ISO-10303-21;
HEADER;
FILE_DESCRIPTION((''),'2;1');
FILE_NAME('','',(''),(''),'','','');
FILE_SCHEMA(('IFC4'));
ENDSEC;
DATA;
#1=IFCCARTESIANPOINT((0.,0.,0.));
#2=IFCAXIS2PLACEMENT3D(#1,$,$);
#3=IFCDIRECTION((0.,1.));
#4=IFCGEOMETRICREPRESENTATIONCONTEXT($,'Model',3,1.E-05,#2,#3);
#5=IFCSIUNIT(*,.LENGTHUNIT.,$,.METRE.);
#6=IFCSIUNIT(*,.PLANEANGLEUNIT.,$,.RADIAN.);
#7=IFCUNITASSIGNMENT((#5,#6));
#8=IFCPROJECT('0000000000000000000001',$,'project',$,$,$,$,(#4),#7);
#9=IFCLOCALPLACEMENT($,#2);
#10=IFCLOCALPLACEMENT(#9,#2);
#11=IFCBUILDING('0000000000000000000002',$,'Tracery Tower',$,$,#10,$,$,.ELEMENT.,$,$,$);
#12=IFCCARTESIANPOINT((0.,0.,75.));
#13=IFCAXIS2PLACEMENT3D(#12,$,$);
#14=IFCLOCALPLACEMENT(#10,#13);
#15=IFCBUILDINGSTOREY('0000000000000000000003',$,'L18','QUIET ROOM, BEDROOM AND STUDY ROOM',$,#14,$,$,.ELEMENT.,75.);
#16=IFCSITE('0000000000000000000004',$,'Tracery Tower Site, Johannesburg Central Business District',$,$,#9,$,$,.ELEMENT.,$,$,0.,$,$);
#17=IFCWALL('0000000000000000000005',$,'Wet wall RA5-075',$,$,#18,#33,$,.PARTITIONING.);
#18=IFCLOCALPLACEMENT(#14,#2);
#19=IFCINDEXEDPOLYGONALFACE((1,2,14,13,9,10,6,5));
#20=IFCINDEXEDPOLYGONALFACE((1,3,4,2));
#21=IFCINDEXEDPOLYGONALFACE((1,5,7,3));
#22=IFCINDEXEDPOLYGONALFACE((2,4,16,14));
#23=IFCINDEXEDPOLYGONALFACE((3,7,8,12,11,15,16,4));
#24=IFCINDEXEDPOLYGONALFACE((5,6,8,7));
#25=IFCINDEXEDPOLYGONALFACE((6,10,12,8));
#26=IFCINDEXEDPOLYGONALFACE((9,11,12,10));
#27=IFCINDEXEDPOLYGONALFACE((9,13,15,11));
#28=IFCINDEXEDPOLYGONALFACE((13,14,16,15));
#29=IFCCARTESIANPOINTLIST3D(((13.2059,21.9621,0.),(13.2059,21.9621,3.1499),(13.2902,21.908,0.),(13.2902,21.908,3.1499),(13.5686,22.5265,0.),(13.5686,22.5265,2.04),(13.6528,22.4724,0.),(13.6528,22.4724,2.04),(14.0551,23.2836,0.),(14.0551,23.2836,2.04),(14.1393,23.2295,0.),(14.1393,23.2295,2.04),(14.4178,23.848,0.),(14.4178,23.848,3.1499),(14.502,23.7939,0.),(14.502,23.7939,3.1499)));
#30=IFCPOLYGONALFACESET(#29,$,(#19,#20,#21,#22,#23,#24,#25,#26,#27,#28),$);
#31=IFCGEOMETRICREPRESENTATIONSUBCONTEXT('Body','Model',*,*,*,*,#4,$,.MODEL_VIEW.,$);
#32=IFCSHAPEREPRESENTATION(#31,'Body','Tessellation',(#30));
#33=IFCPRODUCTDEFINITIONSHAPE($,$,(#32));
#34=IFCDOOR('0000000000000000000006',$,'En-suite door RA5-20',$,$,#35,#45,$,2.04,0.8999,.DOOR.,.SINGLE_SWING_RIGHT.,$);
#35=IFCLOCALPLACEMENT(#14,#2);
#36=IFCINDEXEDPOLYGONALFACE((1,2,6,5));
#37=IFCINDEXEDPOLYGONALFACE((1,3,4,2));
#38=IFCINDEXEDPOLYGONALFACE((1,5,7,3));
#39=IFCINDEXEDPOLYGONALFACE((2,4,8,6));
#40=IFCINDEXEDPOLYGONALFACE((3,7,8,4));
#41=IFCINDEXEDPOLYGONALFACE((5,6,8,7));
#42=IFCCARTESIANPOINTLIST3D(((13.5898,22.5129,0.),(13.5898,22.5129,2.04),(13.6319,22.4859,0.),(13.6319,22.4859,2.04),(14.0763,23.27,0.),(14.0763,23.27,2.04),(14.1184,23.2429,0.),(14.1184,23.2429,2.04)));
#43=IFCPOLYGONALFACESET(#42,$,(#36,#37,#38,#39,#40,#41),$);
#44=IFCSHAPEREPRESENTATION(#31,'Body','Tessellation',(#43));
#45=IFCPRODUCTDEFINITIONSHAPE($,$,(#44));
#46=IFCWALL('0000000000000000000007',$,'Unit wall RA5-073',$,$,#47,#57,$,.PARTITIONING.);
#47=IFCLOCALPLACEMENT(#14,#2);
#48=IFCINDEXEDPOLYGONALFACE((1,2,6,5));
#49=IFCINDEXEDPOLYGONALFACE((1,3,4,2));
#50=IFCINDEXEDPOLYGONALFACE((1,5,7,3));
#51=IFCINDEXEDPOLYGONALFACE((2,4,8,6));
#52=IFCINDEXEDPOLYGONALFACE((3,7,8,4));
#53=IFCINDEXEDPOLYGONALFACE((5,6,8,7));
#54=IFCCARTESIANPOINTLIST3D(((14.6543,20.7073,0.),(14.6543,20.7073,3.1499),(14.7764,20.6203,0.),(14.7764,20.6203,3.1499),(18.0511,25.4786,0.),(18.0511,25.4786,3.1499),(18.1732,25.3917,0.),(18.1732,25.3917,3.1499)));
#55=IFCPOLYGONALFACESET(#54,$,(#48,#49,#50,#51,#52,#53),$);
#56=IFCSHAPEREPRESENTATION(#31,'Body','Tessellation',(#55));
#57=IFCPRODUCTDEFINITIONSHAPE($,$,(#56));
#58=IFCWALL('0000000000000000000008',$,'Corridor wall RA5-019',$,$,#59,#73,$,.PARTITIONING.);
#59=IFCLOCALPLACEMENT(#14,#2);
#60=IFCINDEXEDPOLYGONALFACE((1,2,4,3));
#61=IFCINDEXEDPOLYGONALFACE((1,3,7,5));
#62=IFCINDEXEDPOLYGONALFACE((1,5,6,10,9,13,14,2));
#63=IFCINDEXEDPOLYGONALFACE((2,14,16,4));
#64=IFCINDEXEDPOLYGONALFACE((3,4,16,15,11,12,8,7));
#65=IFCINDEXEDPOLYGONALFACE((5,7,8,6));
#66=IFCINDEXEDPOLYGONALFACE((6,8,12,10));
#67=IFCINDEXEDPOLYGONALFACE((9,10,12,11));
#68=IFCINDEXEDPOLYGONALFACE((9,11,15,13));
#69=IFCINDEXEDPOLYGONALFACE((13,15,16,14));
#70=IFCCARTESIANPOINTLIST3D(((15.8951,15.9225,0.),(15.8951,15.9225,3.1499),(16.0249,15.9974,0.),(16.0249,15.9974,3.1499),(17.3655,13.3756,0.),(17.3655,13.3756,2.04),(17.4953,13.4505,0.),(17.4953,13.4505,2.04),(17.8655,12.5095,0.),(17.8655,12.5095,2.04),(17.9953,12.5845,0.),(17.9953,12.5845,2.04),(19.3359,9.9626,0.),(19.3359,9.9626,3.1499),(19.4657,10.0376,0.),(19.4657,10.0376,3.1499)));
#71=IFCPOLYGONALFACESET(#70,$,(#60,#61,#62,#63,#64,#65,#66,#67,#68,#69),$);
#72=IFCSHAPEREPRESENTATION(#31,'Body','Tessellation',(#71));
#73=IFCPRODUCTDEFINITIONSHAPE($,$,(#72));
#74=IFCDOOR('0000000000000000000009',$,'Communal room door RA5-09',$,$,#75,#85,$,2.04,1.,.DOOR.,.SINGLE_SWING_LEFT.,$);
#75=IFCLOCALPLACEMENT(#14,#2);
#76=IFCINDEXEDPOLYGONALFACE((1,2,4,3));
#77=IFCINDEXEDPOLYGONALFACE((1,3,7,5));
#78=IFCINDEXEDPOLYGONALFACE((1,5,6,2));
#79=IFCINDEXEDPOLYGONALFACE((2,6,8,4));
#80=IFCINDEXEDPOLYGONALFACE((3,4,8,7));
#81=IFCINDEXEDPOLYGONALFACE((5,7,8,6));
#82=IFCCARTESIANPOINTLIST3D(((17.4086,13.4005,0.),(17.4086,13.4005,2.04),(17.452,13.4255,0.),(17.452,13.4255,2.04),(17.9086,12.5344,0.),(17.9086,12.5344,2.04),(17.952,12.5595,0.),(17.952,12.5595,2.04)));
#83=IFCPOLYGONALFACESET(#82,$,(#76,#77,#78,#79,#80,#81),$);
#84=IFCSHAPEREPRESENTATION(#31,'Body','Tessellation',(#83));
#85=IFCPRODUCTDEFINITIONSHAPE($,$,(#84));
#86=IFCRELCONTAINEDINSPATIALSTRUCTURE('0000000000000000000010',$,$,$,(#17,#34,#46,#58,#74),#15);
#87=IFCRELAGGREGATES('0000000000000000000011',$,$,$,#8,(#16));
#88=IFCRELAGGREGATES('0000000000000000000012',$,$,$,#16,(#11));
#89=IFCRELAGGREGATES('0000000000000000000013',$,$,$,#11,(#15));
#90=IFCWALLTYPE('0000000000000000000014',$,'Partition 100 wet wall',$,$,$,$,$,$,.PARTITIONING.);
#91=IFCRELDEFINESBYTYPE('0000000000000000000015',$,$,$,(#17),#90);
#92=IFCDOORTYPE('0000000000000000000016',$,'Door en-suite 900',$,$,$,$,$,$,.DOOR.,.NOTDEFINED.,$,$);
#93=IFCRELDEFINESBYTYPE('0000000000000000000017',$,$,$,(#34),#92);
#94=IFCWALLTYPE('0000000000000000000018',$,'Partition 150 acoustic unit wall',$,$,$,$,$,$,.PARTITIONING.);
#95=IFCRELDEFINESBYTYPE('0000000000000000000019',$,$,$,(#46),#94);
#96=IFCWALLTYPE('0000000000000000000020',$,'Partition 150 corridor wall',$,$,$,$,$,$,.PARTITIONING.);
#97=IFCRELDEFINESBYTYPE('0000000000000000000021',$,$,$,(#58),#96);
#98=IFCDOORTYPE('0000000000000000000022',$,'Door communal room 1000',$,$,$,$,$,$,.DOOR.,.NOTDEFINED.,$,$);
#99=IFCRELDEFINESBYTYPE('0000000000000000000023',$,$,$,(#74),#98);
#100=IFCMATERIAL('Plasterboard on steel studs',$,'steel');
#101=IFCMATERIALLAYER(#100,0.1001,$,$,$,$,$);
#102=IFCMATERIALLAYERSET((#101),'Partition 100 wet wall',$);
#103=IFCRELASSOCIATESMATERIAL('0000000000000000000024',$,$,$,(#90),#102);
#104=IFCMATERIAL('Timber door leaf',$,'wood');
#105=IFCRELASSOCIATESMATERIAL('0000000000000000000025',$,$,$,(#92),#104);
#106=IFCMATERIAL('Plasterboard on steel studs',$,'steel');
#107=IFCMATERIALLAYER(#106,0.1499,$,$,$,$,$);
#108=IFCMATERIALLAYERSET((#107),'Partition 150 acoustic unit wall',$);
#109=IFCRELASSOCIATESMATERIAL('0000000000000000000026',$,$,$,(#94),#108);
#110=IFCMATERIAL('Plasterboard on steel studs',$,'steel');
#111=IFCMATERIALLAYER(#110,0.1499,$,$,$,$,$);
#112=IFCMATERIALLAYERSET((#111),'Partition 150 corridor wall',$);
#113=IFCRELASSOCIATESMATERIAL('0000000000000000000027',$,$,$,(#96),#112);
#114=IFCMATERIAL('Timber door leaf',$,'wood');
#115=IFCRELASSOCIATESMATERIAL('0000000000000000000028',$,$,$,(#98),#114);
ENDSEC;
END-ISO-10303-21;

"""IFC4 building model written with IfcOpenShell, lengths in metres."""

from ifc_helpers import new_model, si_unit, direction, frame, frame_2d, origin, place, context, subcontext, project, spatial, rectangle, extrude, material, layer, layer_set, type_object, element, fill, save


model = new_model("IFC4")

# Units and contexts
model_context = context("Model", 3, precision=1e-05, world=origin(), true_north=direction((0.0, 1.0)))
body_context = subcontext(model_context, "Body", "Model", "MODEL_VIEW")
ifc_project = project(units=[si_unit("LENGTHUNIT", "METRE"), si_unit("PLANEANGLEUNIT", "RADIAN")], contexts=[model_context])

# Site, building, storey
site_placement = place(None, origin())
site = spatial("IfcSite", under=ifc_project, at=site_placement, Name="Tracery Tower Site, Johannesburg Central Business District", CompositionType="ELEMENT", RefElevation=0.0)
building_placement = place(site_placement, origin())
building = spatial("IfcBuilding", under=site, at=building_placement, Name="Tracery Tower", CompositionType="ELEMENT")
storey_placement = place(building_placement, frame((0.0, 0.0, 75.0)))
storey = spatial("IfcBuildingStorey", under=building, at=storey_placement, Name="L18", Description="QUIET ROOM, BEDROOM AND STUDY ROOM", CompositionType="ELEMENT", Elevation=75.0)

# Shared definitions
ifc_material_1 = material(Name="Plasterboard on steel studs", Category="steel")
ifc_layer_1 = layer(ifc_material_1, 0.1001)
ifc_layer_set_1 = layer_set([ifc_layer_1], Name="Partition 100 wet wall")
wall_type_1 = type_object("IfcWallType", Name="Partition 100 wet wall", PredefinedType="PARTITIONING", material=ifc_layer_set_1)
ifc_material_2 = material(Name="Timber door leaf", Category="wood")
door_type_1 = type_object("IfcDoorType", Name="Door en-suite 900", OperationType="NOTDEFINED", PredefinedType="DOOR", material=ifc_material_2)

# Wall, opening, door
wall_1_placement = place(storey_placement, frame((13.248, 21.9351, 0.0), z_axis=(0.0, 0.0, 1.0), x_axis=(0.540598, 0.841281, 0.0)))
wall_1 = element("IfcWall", 1, at=wall_1_placement, inside=storey, type_object=wall_type_1, Name="Wet wall RA5-075", PredefinedType="PARTITIONING", context=body_context, shape_type="SweptSolid", body=[
    extrude(rectangle(XDim=2.2417, YDim=0.1001, at=frame_2d((1.1208, 0.0))), origin(), (0.0, 0.0, 1.0), 3.1499),
])
opening_1_placement = place(wall_1_placement, frame((0.6709, 0.0, 0.0)))
opening_1 = element("IfcOpeningElement", 2, at=opening_1_placement, cuts=wall_1, PredefinedType="OPENING", context=body_context, shape_type="SweptSolid", body=[
    extrude(rectangle(XDim=0.8999, YDim=2.04, at=frame_2d((0.45, 1.02))), frame((0.0, 0.05, 0.0), z_axis=(0.0, -1.0, 0.0), x_axis=(1.0, 0.0, 0.0)), (0.0, 0.0, 1.0), 0.1001),
])
door_1_placement = place(opening_1_placement, origin())
door_1 = element("IfcDoor", 3, at=door_1_placement, inside=storey, type_object=door_type_1, Name="En-suite door RA5-20", OperationType="SINGLE_SWING_RIGHT", OverallHeight=2.04, OverallWidth=0.8999, PredefinedType="DOOR", context=body_context, shape_type="SweptSolid", body=[
    extrude(rectangle(XDim=0.8999, YDim=2.04, at=frame_2d((0.45, 1.02))), frame((0.0, 0.0249, 0.0), z_axis=(0.0, -1.0, 0.0), x_axis=(1.0, 0.0, 0.0)), (0.0, 0.0, 1.0), 0.05),
])
fill(opening_1, door_1)

# Wall
ifc_material_3 = material(Name="Plasterboard on steel studs", Category="steel")
ifc_layer_2 = layer(ifc_material_3, 0.1499)
ifc_layer_set_2 = layer_set([ifc_layer_2], Name="Partition 150 acoustic unit wall")
wall_type_2 = type_object("IfcWallType", Name="Partition 150 acoustic unit wall", PredefinedType="PARTITIONING", material=ifc_layer_set_2)
wall_2_placement = place(storey_placement, frame((14.7153, 20.6638, 0.0), z_axis=(0.0, 0.0, 1.0), x_axis=(0.57996, 0.814645, 0.0)))
element("IfcWall", 4, at=wall_2_placement, inside=storey, type_object=wall_type_2, Name="Unit wall RA5-073", PredefinedType="PARTITIONING", context=body_context, shape_type="SweptSolid", body=[
    extrude(rectangle(XDim=5.8569, YDim=0.1499, at=frame_2d((2.9285, 0.0))), origin(), (0.0, 0.0, 1.0), 3.1499),
])

# Wall, opening, door
ifc_material_4 = material(Name="Plasterboard on steel studs", Category="steel")
ifc_layer_3 = layer(ifc_material_4, 0.1499)
ifc_layer_set_3 = layer_set([ifc_layer_3], Name="Partition 150 corridor wall")
wall_type_3 = type_object("IfcWallType", Name="Partition 150 corridor wall", PredefinedType="PARTITIONING", material=ifc_layer_set_3)
wall_3_placement = place(storey_placement, frame((15.96, 15.96, 0.0), z_axis=(0.0, 0.0, 1.0), x_axis=(0.499993, -0.86603, 0.0)))
wall_3 = element("IfcWall", 5, at=wall_3_placement, inside=storey, type_object=wall_type_3, Name="Corridor wall RA5-019", PredefinedType="PARTITIONING", context=body_context, shape_type="SweptSolid", body=[
    extrude(rectangle(XDim=6.8818, YDim=0.1499, at=frame_2d((3.4409, 0.0))), origin(), (0.0, 0.0, 1.0), 3.1499),
])
opening_2_placement = place(wall_3_placement, frame((2.9409, 0.0, 0.0)))
opening_2 = element("IfcOpeningElement", 6, at=opening_2_placement, cuts=wall_3, PredefinedType="OPENING", context=body_context, shape_type="SweptSolid", body=[
    extrude(rectangle(XDim=1.0, YDim=2.04, at=frame_2d((0.5, 1.02))), frame((0.0, 0.075, 0.0), z_axis=(0.0, -1.0, 0.0), x_axis=(1.0, 0.0, 0.0)), (0.0, 0.0, 1.0), 0.1499),
])
ifc_material_5 = material(Name="Timber door leaf", Category="wood")
door_type_2 = type_object("IfcDoorType", Name="Door communal room 1000", OperationType="NOTDEFINED", PredefinedType="DOOR", material=ifc_material_5)
door_2_placement = place(opening_2_placement, origin())
door_2 = element("IfcDoor", 7, at=door_2_placement, inside=storey, type_object=door_type_2, Name="Communal room door RA5-09", OperationType="SINGLE_SWING_LEFT", OverallHeight=2.04, OverallWidth=1.0, PredefinedType="DOOR", context=body_context, shape_type="SweptSolid", body=[
    extrude(rectangle(XDim=1.0, YDim=2.04, at=frame_2d((0.5, 1.02))), frame((0.0, 0.0249, 0.0), z_axis=(0.0, -1.0, 0.0), x_axis=(1.0, 0.0, 0.0)), (0.0, 0.0, 1.0), 0.05),
])
fill(opening_2, door_2)

save(model, "model.ifc")
